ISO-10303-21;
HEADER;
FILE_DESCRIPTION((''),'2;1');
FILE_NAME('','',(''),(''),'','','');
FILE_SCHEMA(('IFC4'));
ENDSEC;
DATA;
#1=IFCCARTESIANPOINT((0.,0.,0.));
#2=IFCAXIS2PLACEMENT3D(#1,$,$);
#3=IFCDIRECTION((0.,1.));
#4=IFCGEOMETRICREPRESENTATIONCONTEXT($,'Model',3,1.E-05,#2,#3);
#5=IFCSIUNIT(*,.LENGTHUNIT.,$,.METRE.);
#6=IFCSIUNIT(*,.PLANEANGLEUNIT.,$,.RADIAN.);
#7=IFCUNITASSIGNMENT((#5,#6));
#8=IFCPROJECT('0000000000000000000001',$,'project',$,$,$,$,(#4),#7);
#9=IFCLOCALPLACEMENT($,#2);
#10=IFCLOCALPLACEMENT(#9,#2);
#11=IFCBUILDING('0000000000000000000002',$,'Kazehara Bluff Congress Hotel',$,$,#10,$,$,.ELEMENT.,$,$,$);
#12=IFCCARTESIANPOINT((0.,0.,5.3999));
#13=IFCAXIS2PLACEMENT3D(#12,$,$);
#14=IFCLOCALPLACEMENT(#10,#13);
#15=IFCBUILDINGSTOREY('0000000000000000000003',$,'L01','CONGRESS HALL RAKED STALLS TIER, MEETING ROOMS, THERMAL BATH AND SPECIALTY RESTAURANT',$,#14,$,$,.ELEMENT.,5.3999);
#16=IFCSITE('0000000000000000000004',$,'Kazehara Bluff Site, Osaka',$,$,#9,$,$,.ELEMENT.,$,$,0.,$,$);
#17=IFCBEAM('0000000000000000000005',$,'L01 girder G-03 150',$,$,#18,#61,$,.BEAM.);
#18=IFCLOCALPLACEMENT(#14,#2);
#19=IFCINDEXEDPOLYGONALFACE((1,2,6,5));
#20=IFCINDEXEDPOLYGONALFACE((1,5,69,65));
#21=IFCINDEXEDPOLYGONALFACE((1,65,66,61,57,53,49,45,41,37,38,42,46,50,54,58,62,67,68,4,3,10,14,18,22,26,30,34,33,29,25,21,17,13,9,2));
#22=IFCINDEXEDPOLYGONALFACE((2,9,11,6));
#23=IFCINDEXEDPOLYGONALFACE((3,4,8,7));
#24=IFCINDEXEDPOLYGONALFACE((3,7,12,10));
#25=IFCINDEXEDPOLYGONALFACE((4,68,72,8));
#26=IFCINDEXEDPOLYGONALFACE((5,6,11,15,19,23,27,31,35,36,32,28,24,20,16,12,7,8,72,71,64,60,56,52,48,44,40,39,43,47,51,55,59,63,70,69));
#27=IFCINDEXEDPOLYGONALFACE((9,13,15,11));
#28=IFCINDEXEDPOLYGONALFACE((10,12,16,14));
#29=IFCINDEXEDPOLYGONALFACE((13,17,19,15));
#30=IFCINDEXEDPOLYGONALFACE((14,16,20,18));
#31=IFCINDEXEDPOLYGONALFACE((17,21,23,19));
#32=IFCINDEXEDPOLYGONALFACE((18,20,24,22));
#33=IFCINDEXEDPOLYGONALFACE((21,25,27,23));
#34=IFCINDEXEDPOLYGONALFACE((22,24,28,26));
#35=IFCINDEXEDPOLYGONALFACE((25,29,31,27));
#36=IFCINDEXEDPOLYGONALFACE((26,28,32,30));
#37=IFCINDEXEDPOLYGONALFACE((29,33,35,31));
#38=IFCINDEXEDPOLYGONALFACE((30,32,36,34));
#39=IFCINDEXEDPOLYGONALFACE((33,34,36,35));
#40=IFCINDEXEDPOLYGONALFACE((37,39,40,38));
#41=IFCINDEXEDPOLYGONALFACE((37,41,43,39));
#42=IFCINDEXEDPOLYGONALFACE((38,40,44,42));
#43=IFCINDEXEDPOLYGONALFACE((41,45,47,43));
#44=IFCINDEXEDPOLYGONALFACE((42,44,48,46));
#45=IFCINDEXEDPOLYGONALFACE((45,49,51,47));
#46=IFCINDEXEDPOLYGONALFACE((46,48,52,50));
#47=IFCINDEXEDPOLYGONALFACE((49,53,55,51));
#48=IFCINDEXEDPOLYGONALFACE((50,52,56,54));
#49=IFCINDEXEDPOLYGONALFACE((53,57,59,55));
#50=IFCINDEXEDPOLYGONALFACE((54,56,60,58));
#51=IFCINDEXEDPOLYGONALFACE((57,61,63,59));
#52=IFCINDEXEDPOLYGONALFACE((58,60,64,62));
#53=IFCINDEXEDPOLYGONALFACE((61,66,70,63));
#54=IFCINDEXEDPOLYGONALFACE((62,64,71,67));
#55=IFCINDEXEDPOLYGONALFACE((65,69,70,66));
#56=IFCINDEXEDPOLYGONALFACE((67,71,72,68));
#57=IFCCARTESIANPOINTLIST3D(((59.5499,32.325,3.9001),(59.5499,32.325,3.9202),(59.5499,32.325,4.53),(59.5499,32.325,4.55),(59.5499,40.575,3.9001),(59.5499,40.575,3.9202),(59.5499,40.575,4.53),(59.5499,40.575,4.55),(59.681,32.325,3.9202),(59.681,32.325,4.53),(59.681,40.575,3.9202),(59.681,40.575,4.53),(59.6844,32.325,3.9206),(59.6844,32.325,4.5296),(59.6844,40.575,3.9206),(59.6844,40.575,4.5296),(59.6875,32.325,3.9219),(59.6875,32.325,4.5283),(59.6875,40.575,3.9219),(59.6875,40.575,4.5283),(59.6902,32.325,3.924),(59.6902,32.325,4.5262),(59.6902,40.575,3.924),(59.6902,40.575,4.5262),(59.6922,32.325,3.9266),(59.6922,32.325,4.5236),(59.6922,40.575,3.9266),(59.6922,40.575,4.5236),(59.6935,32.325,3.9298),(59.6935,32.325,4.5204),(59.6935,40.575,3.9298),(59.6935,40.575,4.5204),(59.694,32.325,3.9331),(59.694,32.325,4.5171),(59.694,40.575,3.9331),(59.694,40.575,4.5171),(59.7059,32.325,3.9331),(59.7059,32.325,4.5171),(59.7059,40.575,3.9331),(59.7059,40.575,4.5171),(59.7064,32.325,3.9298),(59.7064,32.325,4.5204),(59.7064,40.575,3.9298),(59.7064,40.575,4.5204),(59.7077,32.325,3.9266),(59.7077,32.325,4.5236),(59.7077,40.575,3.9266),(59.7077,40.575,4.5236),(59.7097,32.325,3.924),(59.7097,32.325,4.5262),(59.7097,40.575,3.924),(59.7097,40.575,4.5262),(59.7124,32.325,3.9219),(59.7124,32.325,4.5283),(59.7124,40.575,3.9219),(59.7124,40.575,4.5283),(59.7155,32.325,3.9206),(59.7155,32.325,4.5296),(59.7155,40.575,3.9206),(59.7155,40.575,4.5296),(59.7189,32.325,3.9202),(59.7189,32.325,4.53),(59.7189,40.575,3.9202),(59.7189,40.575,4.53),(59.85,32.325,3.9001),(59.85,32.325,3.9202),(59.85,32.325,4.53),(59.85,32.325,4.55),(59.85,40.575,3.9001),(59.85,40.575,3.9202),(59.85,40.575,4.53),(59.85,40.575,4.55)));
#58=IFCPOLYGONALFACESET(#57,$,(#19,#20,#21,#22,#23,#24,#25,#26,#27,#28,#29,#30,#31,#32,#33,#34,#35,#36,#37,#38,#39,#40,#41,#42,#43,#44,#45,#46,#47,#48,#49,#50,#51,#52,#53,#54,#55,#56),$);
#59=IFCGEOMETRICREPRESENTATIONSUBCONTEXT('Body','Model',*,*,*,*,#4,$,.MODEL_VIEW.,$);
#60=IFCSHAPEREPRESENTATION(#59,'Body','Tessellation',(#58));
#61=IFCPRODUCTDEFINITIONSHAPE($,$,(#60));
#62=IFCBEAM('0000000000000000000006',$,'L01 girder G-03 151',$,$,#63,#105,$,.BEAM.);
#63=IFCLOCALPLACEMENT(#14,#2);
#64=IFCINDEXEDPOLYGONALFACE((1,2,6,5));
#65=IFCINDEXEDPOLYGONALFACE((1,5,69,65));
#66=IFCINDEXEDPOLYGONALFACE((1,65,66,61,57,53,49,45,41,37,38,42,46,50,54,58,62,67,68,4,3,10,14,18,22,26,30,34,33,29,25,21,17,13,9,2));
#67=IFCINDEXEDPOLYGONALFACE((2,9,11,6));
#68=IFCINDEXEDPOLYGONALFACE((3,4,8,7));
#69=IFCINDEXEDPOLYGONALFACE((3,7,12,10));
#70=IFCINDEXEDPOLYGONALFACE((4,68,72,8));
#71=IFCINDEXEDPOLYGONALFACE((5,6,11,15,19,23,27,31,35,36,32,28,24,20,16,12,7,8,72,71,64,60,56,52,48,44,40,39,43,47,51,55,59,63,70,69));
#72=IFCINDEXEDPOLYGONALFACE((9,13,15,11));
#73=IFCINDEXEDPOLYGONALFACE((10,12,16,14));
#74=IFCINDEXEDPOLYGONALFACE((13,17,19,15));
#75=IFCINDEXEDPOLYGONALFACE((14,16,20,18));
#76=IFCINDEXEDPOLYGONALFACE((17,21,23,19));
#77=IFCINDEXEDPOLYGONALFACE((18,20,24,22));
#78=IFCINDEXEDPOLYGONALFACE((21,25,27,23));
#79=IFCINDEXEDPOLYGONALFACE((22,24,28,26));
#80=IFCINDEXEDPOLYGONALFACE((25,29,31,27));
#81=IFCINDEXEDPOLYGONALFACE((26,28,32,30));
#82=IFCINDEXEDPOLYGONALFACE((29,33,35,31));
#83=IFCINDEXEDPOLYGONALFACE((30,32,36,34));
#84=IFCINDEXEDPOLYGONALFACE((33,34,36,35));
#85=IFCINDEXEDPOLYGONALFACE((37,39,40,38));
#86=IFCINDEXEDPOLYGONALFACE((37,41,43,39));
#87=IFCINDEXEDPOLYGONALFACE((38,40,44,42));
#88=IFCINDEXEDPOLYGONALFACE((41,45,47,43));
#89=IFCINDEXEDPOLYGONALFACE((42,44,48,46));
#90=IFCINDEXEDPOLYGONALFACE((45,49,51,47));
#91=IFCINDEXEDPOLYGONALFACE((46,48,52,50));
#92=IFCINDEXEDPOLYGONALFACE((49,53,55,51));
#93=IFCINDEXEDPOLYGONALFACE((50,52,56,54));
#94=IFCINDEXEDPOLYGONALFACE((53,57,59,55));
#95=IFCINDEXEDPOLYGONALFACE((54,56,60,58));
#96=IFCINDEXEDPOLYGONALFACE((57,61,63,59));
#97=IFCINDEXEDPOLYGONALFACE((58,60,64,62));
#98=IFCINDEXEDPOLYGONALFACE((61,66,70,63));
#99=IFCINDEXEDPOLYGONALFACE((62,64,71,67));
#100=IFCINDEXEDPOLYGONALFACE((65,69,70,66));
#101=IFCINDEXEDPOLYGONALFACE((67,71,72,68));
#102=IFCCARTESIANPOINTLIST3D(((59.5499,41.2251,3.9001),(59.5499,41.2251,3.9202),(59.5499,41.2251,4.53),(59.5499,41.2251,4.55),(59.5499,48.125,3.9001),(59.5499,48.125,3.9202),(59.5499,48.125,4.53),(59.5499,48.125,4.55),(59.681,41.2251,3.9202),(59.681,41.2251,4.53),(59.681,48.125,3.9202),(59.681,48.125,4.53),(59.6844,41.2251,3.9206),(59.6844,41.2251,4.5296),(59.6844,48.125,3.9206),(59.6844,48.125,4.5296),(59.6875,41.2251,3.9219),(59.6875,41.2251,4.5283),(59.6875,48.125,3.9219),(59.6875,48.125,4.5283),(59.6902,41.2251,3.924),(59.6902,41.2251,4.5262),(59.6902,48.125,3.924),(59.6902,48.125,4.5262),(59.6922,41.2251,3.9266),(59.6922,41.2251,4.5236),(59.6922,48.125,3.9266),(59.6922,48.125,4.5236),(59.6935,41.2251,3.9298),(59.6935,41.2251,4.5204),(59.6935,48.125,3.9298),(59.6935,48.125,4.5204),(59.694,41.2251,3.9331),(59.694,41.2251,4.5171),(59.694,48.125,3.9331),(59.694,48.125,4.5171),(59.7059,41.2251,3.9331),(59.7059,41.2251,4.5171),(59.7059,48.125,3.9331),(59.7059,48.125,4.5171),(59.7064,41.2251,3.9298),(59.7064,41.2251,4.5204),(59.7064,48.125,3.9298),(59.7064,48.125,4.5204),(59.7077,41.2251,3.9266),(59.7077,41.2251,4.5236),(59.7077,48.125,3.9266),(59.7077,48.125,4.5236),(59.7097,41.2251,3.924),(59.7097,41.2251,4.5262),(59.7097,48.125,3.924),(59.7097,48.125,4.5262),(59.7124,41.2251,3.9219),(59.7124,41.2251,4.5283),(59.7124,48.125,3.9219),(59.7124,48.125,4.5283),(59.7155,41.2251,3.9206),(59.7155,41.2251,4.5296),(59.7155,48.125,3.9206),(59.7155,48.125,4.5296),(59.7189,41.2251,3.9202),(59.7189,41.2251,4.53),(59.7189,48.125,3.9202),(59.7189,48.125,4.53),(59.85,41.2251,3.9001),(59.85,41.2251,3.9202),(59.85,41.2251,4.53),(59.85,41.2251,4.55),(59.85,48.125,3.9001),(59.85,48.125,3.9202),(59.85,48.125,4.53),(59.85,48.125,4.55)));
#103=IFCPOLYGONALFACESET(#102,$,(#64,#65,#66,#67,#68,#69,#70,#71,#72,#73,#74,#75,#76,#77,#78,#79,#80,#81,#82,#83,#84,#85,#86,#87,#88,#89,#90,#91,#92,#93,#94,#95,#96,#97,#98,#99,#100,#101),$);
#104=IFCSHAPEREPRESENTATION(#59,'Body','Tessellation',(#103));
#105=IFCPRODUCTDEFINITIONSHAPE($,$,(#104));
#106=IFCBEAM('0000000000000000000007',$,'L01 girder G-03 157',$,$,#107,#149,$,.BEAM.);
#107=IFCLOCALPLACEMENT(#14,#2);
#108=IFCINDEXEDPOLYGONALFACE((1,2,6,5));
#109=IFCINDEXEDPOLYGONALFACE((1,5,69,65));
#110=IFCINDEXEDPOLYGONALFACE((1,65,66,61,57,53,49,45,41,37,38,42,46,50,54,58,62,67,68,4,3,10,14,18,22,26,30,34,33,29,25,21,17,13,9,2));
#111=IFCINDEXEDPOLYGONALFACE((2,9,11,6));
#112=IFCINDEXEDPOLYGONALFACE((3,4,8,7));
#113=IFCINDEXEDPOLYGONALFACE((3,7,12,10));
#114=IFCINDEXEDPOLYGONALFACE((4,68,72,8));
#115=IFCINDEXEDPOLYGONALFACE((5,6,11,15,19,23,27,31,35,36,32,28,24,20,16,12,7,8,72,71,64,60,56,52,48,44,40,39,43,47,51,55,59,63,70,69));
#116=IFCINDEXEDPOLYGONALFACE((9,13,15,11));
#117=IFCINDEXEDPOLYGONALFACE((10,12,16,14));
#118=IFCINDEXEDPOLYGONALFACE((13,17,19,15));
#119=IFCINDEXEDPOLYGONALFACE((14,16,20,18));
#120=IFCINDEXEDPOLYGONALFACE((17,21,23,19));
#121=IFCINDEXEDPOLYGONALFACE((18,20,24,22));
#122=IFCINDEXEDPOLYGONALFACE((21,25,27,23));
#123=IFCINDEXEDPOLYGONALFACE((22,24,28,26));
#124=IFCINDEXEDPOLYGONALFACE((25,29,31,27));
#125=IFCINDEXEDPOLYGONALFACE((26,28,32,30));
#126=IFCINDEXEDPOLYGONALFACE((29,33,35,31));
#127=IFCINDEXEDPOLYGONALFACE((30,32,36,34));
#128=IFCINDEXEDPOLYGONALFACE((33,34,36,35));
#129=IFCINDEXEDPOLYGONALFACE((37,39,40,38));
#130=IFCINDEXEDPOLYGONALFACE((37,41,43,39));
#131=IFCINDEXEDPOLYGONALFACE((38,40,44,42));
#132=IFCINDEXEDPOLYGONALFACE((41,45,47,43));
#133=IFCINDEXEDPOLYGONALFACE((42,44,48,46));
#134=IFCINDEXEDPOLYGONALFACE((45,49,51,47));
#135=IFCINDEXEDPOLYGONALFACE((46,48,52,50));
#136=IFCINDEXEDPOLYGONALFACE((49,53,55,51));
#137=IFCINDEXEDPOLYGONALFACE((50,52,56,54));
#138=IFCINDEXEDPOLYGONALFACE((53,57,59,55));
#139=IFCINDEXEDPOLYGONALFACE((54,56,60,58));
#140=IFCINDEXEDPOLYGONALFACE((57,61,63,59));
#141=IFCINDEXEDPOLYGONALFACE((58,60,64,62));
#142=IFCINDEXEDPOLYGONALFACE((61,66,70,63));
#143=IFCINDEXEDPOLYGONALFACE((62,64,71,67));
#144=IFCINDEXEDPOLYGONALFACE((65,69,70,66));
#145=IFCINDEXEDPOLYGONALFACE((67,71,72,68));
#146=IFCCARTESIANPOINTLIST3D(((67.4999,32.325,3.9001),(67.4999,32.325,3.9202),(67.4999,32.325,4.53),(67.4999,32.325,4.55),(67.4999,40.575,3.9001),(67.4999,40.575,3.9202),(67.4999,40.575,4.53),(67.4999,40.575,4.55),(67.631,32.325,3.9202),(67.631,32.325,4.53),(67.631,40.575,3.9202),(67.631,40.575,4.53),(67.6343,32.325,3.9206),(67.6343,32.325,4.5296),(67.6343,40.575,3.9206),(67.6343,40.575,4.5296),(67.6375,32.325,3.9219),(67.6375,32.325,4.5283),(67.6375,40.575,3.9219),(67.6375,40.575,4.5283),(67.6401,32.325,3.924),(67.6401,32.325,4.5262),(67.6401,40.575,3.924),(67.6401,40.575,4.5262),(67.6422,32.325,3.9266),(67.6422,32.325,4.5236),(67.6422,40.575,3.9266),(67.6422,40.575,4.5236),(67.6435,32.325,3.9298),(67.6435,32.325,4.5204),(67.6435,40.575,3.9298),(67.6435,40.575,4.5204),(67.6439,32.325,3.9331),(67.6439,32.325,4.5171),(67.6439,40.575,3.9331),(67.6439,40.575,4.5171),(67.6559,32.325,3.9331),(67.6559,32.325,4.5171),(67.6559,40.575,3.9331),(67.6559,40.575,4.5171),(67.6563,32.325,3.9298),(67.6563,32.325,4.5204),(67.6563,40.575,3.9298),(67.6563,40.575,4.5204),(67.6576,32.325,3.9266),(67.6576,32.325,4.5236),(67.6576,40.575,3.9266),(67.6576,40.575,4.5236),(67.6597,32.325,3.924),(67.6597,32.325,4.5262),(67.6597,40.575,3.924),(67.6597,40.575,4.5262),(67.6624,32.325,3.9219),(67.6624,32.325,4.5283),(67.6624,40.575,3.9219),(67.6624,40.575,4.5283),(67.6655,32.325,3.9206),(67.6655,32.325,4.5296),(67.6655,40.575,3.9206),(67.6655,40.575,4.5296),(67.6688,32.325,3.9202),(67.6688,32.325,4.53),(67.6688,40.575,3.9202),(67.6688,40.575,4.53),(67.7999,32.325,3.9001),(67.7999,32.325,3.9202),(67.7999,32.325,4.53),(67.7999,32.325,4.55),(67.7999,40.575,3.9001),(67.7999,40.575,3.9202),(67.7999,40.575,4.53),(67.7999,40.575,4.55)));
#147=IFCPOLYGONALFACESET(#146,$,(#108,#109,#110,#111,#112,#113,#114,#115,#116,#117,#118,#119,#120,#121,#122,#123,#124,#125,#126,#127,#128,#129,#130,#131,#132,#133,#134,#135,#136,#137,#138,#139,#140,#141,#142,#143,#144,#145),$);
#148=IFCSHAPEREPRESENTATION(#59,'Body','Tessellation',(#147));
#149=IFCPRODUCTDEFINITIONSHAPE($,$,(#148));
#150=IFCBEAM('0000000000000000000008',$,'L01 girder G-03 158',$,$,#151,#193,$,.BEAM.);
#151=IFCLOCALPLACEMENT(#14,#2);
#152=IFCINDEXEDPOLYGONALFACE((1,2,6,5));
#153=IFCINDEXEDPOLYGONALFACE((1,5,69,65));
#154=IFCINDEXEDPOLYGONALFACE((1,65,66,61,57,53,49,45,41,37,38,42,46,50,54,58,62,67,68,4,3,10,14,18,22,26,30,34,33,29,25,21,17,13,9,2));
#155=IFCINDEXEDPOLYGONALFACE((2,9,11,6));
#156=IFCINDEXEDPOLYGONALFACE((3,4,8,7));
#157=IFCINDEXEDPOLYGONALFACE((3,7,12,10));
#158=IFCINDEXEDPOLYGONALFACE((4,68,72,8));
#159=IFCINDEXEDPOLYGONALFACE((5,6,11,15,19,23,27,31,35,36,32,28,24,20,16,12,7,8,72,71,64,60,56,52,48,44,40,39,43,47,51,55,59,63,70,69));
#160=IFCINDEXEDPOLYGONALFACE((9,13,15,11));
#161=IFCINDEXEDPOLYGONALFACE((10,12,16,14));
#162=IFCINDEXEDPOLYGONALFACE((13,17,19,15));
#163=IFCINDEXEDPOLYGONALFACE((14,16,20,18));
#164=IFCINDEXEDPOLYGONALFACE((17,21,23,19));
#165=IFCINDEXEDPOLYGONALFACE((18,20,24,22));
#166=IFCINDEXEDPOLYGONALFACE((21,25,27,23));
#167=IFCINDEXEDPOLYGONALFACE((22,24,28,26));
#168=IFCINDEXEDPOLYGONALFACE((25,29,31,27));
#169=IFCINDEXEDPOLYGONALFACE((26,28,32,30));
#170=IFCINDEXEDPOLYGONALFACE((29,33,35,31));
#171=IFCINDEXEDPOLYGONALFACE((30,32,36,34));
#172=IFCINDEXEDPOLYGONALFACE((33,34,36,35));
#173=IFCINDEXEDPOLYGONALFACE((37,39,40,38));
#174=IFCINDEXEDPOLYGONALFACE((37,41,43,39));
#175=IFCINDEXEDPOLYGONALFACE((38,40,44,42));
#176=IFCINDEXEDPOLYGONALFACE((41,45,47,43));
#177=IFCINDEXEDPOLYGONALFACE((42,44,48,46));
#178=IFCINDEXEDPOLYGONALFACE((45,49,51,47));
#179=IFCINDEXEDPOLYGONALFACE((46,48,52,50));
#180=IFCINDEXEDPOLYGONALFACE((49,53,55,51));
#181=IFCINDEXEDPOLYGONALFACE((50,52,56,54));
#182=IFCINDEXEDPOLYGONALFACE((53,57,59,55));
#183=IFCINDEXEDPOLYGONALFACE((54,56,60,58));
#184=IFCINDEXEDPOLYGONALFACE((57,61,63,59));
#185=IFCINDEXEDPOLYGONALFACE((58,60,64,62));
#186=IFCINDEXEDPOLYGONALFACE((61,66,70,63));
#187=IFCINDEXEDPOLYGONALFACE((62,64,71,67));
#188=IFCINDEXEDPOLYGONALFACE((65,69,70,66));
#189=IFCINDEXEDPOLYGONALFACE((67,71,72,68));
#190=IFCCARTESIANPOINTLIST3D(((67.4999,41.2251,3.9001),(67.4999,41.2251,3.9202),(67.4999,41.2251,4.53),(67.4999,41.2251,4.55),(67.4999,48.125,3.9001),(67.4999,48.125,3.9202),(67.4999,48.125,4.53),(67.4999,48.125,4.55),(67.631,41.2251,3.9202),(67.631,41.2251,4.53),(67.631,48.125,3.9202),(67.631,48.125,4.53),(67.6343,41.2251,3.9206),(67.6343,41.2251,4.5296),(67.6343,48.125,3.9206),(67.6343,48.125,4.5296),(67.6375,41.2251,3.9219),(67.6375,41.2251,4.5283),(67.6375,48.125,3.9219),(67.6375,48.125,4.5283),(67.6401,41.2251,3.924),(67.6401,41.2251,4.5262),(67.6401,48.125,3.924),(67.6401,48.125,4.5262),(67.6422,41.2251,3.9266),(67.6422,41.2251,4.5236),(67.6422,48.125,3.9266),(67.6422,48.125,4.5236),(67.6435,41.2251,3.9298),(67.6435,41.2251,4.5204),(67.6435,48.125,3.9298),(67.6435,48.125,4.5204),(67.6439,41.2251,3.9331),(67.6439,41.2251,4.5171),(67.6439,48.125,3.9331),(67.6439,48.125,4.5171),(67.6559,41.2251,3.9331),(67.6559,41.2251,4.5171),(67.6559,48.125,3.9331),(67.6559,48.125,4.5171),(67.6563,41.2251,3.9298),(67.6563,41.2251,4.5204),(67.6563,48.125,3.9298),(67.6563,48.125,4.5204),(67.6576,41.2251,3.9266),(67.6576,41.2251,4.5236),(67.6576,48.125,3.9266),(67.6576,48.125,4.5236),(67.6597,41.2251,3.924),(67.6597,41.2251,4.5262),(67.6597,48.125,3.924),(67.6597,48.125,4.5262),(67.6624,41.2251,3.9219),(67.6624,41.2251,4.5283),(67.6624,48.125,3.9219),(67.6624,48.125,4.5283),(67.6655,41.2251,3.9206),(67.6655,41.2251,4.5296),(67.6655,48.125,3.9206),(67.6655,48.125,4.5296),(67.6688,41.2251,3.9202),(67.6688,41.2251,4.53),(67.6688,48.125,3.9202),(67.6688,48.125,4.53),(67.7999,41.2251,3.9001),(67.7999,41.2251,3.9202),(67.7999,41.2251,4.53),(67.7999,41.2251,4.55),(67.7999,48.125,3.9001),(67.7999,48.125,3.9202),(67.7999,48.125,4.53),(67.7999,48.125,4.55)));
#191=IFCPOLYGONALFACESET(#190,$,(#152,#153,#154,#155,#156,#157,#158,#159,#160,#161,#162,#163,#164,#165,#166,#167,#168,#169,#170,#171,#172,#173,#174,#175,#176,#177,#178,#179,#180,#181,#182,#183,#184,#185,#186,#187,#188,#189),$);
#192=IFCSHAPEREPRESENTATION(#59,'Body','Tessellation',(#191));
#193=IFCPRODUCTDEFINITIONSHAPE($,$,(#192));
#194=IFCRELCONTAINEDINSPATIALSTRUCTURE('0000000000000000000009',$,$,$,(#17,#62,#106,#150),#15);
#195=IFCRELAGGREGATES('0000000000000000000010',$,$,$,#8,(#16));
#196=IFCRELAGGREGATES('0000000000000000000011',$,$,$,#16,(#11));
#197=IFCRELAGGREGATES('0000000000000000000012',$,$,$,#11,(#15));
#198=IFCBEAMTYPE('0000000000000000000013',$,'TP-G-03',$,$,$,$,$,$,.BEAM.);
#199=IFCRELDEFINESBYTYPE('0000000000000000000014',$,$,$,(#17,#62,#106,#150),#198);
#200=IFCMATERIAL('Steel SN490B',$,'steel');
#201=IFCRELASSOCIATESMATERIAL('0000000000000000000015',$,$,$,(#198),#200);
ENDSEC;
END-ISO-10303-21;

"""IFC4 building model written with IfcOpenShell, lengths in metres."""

from ifc_helpers import new_model, si_unit, direction, frame, origin, origin_2d, place, context, subcontext, project, spatial, i_section, extrude, material, material_profile, profile_set, type_object, element, save


model = new_model("IFC4")

# Units and contexts
model_context = context("Model", 3, precision=1e-05, world=origin(), true_north=direction((0.0, 1.0)))
body_context = subcontext(model_context, "Body", "Model", "MODEL_VIEW")
ifc_project = project(units=[si_unit("LENGTHUNIT", "METRE"), si_unit("PLANEANGLEUNIT", "RADIAN")], contexts=[model_context])

# Site, building, storey
site_placement = place(None, origin())
site = spatial("IfcSite", under=ifc_project, at=site_placement, Name="Kazehara Bluff Site, Osaka", CompositionType="ELEMENT", RefElevation=0.0)
building_placement = place(site_placement, origin())
building = spatial("IfcBuilding", under=site, at=building_placement, Name="Kazehara Bluff Congress Hotel", CompositionType="ELEMENT")
storey_placement = place(building_placement, frame((0.0, 0.0, 5.3999)))
storey = spatial("IfcBuildingStorey", under=building, at=storey_placement, Name="L01", Description="CONGRESS HALL RAKED STALLS TIER, MEETING ROOMS, THERMAL BATH AND SPECIALTY RESTAURANT", CompositionType="ELEMENT", Elevation=5.3999)

# Beams
ifc_material_1 = material(Name="Steel SN490B", Category="steel")
ifc_material_profile_1 = material_profile(ifc_material_1, i_section(OverallWidth=0.3, OverallDepth=0.6499, WebThickness=0.012, FlangeThickness=0.02, FilletRadius=0.0129, at=origin_2d()))
ifc_profile_set_1 = profile_set([ifc_material_profile_1], Name="Steel SN490B")
beam_type_1 = type_object("IfcBeamType", Name="TP-G-03", PredefinedType="BEAM", material=ifc_profile_set_1)
beam_1_placement = place(storey_placement, frame((59.7, 32.325, 4.2251), z_axis=(0.0, 1.0, 0.0), x_axis=(-1.0, 0.0, 0.0)))
element("IfcBeam", 1, at=beam_1_placement, inside=storey, type_object=beam_type_1, Name="L01 girder G-03 150", PredefinedType="BEAM", context=body_context, shape_type="SweptSolid", body=[
    extrude(i_section(OverallWidth=0.3, OverallDepth=0.6499, WebThickness=0.012, FlangeThickness=0.02, FilletRadius=0.0129, at=origin_2d()), origin(), (0.0, 0.0, 1.0), 8.25),
])
beam_2_placement = place(storey_placement, frame((59.7, 41.2251, 4.2251), z_axis=(0.0, 1.0, 0.0), x_axis=(-1.0, 0.0, 0.0)))
element("IfcBeam", 2, at=beam_2_placement, inside=storey, type_object=beam_type_1, Name="L01 girder G-03 151", PredefinedType="BEAM", context=body_context, shape_type="SweptSolid", body=[
    extrude(i_section(OverallWidth=0.3, OverallDepth=0.6499, WebThickness=0.012, FlangeThickness=0.02, FilletRadius=0.0129, at=origin_2d()), origin(), (0.0, 0.0, 1.0), 6.8999),
])
beam_3_placement = place(storey_placement, frame((67.6499, 32.325, 4.2251), z_axis=(0.0, 1.0, 0.0), x_axis=(-1.0, 0.0, 0.0)))
element("IfcBeam", 3, at=beam_3_placement, inside=storey, type_object=beam_type_1, Name="L01 girder G-03 157", PredefinedType="BEAM", context=body_context, shape_type="SweptSolid", body=[
    extrude(i_section(OverallWidth=0.3, OverallDepth=0.6499, WebThickness=0.012, FlangeThickness=0.02, FilletRadius=0.0129, at=origin_2d()), origin(), (0.0, 0.0, 1.0), 8.25),
])
beam_4_placement = place(storey_placement, frame((67.6499, 41.2251, 4.2251), z_axis=(0.0, 1.0, 0.0), x_axis=(-1.0, 0.0, 0.0)))
element("IfcBeam", 4, at=beam_4_placement, inside=storey, type_object=beam_type_1, Name="L01 girder G-03 158", PredefinedType="BEAM", context=body_context, shape_type="SweptSolid", body=[
    extrude(i_section(OverallWidth=0.3, OverallDepth=0.6499, WebThickness=0.012, FlangeThickness=0.02, FilletRadius=0.0129, at=origin_2d()), origin(), (0.0, 0.0, 1.0), 6.8999),
])

save(model, "model.ifc")
